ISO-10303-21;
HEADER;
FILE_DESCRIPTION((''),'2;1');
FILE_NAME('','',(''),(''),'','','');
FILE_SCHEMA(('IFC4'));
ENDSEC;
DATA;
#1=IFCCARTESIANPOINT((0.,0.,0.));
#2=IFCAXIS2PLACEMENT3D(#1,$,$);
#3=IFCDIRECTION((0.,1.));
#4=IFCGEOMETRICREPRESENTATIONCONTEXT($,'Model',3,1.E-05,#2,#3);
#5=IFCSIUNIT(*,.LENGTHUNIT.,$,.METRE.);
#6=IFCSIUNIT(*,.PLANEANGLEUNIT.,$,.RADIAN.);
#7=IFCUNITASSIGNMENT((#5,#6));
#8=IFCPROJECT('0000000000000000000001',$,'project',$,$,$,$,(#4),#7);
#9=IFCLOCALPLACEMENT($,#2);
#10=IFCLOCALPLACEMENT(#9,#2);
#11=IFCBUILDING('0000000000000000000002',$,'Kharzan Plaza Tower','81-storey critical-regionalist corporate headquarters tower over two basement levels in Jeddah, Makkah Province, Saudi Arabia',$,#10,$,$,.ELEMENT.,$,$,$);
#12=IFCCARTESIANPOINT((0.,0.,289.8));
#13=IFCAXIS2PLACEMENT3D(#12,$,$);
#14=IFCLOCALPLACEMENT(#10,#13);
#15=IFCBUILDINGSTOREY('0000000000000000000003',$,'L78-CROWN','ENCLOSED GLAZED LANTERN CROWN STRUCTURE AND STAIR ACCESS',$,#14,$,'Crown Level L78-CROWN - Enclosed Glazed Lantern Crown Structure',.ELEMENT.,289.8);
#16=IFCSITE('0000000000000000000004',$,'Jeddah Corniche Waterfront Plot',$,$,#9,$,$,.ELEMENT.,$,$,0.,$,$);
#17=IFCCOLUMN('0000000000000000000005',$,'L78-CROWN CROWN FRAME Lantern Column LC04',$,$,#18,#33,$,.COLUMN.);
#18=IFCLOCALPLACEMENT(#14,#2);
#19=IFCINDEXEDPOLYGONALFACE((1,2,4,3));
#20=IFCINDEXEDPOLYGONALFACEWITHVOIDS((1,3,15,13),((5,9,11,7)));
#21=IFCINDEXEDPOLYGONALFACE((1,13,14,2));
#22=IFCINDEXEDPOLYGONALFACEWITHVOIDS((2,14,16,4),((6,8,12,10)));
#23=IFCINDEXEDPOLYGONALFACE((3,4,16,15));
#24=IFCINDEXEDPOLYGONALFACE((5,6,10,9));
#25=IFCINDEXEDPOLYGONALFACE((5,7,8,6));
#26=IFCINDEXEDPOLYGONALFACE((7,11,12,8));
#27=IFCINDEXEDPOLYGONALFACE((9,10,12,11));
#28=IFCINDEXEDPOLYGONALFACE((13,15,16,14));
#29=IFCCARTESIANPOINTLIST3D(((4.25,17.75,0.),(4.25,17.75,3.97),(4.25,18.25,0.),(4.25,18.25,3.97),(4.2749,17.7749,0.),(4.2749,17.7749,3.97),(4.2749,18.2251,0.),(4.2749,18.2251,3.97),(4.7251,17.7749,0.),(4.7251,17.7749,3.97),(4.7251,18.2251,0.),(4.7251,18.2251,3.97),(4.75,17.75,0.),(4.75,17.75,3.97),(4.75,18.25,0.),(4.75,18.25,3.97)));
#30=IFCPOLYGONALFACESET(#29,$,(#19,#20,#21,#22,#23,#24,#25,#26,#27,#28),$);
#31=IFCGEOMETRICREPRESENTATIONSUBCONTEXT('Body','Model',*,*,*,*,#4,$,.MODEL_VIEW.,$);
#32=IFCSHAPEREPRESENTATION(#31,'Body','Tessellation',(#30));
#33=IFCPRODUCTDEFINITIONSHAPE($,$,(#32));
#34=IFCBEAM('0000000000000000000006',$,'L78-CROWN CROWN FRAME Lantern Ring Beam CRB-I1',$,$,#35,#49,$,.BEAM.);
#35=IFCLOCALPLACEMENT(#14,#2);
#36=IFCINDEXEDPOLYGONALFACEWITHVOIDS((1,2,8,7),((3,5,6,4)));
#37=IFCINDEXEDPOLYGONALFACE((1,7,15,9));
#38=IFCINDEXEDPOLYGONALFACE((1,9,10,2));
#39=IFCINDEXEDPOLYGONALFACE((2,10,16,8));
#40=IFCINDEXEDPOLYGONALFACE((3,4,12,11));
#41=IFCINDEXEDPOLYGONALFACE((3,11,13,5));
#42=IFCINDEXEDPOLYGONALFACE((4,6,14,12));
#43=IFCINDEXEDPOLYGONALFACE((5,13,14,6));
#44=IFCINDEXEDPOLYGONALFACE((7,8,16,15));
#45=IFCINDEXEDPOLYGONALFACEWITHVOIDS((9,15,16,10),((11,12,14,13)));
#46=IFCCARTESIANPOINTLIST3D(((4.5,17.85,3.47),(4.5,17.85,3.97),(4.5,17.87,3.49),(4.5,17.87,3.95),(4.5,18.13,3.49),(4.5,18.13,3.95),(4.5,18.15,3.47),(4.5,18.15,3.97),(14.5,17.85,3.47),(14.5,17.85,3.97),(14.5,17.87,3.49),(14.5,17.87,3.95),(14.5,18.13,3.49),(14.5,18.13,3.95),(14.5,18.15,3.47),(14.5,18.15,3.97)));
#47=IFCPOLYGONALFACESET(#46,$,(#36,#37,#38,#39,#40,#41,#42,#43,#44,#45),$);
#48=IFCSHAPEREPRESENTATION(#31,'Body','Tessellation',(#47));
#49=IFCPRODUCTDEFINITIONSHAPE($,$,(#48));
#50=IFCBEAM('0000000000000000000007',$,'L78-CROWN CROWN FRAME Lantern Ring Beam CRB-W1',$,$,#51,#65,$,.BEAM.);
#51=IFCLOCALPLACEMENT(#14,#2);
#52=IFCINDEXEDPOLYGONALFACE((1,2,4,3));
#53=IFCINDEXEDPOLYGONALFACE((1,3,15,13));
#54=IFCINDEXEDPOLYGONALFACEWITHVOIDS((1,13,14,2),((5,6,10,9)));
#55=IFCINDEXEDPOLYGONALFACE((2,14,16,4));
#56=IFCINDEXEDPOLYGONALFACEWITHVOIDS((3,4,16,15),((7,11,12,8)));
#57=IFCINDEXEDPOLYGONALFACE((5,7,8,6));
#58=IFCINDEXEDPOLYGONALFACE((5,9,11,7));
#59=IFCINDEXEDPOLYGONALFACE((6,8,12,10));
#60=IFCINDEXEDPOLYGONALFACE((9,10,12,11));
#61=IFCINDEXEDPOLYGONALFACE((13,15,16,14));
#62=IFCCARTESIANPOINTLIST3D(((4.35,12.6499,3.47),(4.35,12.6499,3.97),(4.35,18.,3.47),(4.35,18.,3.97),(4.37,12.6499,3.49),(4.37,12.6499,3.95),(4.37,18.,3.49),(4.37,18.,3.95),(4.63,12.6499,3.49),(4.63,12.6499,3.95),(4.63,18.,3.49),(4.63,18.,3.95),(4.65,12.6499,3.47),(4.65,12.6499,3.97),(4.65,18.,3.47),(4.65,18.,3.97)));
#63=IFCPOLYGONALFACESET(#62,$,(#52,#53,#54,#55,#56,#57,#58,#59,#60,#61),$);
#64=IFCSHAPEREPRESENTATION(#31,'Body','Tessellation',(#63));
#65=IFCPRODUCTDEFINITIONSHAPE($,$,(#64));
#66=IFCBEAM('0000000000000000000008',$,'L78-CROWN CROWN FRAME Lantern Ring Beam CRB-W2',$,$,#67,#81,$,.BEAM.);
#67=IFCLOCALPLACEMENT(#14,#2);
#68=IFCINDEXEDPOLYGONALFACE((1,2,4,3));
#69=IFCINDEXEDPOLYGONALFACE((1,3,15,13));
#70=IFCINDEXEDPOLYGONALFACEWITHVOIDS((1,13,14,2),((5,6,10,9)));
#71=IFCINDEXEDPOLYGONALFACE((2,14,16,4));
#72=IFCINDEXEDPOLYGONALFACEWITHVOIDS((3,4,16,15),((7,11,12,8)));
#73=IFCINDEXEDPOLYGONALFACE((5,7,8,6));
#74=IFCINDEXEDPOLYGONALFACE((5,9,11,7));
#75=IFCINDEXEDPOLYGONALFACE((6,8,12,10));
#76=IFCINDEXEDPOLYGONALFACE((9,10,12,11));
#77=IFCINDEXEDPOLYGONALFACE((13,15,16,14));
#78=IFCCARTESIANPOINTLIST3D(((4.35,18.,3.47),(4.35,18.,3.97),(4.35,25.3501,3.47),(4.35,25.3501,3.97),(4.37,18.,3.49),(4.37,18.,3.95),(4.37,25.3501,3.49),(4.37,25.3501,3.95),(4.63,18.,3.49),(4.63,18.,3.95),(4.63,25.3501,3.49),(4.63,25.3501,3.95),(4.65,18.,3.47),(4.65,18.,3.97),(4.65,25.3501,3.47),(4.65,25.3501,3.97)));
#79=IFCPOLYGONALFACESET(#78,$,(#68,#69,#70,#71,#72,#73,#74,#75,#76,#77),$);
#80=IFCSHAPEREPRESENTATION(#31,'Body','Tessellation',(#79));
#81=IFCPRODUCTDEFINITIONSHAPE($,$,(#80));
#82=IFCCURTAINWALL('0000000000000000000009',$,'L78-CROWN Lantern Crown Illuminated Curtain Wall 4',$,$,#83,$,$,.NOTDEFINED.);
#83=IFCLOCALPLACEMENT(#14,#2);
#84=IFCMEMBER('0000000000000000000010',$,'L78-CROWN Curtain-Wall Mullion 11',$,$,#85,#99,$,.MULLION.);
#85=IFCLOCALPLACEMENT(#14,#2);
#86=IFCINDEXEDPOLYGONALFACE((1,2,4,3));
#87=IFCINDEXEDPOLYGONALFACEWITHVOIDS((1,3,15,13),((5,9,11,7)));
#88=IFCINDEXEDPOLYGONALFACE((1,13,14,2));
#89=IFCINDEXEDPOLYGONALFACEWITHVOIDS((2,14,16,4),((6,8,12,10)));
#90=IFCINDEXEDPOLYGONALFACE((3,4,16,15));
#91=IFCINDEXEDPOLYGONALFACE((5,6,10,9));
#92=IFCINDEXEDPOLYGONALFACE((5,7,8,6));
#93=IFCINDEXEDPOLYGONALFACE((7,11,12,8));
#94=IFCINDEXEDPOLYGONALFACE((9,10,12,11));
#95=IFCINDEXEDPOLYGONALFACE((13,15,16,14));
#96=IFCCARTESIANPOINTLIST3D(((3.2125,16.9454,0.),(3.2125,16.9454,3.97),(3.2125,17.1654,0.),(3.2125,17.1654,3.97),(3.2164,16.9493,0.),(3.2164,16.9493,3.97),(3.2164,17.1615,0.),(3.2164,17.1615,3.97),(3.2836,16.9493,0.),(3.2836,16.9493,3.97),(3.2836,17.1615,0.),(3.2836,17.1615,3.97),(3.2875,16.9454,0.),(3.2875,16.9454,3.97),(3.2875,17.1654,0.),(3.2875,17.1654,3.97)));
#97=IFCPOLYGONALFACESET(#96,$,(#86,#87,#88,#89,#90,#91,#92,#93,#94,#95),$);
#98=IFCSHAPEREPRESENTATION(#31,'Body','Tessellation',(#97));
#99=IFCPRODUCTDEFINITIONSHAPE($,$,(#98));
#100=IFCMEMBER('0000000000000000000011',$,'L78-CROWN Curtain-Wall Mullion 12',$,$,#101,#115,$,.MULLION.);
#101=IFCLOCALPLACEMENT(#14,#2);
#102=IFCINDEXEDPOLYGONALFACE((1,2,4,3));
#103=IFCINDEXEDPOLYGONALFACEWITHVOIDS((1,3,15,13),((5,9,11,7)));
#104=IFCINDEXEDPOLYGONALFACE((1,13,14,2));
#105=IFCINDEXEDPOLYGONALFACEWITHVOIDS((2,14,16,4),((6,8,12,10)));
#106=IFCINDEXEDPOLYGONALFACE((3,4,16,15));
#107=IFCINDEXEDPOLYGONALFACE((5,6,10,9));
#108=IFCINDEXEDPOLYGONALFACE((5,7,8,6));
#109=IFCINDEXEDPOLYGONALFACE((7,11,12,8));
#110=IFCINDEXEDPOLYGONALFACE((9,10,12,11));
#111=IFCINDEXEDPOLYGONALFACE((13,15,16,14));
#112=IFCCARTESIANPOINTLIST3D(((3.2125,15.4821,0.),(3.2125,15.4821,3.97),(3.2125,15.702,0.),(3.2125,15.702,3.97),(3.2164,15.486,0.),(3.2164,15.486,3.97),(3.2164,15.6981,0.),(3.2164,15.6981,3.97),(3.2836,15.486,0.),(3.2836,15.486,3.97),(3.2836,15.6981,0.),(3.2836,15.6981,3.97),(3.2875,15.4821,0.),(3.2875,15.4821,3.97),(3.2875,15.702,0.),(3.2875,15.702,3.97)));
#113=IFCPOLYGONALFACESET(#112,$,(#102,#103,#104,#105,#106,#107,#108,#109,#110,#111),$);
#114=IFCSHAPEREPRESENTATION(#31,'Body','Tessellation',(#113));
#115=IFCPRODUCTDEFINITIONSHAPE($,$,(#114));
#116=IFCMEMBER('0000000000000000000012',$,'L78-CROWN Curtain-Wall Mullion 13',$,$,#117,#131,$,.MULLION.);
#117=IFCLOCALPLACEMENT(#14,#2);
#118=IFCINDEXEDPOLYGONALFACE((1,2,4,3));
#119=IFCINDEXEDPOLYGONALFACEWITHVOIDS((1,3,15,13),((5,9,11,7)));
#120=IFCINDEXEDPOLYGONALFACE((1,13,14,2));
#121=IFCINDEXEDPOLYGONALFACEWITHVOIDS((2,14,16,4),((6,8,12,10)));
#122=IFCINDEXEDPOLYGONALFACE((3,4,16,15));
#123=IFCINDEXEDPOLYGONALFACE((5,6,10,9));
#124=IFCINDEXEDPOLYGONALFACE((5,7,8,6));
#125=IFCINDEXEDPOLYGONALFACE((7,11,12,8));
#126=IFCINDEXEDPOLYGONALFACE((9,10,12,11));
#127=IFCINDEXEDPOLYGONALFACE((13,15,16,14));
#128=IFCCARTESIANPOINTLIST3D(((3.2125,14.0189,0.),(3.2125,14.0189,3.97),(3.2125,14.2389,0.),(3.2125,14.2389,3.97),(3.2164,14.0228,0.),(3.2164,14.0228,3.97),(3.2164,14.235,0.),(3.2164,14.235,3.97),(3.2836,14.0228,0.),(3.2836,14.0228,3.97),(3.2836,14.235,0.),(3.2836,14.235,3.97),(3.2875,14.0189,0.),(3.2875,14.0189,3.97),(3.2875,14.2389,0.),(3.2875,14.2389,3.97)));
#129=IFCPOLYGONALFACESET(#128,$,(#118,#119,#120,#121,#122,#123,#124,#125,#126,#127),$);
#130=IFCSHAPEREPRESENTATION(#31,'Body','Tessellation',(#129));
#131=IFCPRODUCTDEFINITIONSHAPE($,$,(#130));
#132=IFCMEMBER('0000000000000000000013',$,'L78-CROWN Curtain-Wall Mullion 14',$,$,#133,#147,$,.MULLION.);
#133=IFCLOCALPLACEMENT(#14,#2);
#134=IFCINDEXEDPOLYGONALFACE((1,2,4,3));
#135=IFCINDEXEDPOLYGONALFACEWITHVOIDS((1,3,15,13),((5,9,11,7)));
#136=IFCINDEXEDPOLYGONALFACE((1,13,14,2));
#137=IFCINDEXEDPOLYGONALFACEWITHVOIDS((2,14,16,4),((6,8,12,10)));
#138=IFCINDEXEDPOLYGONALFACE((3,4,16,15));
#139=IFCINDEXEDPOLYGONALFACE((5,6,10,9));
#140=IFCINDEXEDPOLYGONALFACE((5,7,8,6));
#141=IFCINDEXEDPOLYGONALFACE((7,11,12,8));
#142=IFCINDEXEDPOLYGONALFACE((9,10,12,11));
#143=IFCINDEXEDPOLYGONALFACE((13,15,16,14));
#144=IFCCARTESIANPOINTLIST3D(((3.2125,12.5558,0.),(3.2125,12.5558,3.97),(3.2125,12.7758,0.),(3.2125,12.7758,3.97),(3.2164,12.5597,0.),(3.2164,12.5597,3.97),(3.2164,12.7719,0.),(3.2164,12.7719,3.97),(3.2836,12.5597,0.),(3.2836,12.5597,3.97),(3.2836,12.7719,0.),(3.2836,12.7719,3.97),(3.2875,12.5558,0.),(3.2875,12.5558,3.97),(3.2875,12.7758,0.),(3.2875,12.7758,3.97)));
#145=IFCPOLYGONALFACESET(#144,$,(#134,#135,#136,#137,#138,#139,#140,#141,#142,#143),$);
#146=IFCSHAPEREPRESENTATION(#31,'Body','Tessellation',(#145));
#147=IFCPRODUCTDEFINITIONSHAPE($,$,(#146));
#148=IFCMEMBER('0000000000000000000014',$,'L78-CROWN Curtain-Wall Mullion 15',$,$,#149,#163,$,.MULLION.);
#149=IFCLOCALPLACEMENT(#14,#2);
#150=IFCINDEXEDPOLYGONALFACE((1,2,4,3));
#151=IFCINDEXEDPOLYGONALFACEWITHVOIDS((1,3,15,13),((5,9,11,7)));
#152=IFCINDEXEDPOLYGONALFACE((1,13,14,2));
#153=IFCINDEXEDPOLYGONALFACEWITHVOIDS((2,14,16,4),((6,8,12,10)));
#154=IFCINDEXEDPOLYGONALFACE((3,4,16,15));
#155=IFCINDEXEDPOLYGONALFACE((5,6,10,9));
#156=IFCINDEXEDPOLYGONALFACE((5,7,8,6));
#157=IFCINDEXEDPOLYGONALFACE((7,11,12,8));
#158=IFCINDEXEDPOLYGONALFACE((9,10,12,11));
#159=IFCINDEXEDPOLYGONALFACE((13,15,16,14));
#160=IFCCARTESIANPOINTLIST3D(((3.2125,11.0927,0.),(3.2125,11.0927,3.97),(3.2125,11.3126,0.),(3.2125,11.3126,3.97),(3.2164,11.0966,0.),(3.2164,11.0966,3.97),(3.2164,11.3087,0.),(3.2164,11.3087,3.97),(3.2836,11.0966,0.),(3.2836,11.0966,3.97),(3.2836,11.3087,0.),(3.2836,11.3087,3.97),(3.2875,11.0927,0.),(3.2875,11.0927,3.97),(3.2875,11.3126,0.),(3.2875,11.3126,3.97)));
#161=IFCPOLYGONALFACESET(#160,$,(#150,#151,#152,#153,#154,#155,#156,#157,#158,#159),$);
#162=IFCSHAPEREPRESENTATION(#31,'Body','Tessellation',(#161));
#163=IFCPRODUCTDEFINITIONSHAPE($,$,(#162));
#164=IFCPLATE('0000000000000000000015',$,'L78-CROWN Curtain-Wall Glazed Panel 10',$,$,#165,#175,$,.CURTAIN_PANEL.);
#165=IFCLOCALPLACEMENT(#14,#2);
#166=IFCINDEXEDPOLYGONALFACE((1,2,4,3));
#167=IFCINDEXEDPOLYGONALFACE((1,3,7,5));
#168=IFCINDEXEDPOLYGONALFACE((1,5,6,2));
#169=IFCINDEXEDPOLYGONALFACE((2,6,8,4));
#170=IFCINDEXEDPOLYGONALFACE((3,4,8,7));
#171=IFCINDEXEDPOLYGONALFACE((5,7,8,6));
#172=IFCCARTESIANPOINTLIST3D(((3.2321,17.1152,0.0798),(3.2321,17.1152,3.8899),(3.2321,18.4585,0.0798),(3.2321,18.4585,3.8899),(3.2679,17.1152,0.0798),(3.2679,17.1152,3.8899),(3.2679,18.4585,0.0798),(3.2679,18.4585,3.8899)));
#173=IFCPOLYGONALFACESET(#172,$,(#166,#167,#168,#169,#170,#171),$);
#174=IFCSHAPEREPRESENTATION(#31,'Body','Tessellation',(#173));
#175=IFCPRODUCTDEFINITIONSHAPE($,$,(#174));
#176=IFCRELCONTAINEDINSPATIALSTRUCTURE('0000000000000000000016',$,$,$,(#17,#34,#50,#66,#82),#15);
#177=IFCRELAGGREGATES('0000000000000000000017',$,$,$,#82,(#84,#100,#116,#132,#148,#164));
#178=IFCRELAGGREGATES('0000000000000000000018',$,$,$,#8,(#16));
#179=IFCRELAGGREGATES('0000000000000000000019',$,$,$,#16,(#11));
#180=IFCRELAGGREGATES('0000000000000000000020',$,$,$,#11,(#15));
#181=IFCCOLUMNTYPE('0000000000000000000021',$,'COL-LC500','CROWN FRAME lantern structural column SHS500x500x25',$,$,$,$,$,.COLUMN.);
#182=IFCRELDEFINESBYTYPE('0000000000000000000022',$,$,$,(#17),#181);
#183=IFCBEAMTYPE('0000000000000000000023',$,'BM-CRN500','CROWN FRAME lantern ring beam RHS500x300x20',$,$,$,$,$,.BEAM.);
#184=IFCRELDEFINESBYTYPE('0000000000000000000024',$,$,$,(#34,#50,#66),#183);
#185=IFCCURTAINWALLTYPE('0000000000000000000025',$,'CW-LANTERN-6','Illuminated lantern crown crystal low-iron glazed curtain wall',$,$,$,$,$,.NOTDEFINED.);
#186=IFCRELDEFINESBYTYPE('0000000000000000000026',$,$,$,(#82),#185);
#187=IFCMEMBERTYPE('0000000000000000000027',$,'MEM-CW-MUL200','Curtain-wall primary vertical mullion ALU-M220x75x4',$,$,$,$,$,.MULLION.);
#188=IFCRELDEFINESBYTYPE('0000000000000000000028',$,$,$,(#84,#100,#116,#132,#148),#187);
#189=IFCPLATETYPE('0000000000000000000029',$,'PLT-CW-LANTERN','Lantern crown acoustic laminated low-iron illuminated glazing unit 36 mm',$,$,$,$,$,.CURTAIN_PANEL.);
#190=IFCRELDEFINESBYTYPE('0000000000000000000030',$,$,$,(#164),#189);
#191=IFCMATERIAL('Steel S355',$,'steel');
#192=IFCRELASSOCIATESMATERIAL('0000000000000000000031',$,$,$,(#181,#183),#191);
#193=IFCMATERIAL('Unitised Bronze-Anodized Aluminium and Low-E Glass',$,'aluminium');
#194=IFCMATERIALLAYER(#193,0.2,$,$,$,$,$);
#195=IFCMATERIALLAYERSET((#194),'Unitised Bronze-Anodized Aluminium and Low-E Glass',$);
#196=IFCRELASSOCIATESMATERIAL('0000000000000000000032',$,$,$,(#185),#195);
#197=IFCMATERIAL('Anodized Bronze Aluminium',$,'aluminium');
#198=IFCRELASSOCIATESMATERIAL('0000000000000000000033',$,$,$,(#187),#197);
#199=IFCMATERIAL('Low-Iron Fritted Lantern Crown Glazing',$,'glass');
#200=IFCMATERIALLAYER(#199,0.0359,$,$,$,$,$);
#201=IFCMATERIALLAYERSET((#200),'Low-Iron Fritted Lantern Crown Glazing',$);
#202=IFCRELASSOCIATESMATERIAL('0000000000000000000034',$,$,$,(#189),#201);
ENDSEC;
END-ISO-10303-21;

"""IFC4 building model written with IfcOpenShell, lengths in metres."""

from ifc_helpers import new_model, si_unit, direction, frame, origin, origin_2d, place, context, subcontext, project, spatial, rectangle, hollow_rectangle, extrude, source, transform, mapped, material, layer, layer_set, material_profile, profile_set, type_object, element, aggregate, save


model = new_model("IFC4")

# Units and contexts
model_context = context("Model", 3, precision=1e-05, world=origin(), true_north=direction((0.0, 1.0)))
body_context = subcontext(model_context, "Body", "Model", "MODEL_VIEW")
ifc_project = project(units=[si_unit("LENGTHUNIT", "METRE"), si_unit("PLANEANGLEUNIT", "RADIAN")], contexts=[model_context])

# Site, building, storey
site_placement = place(None, origin())
site = spatial("IfcSite", under=ifc_project, at=site_placement, Name="Jeddah Corniche Waterfront Plot", CompositionType="ELEMENT", RefElevation=0.0)
building_placement = place(site_placement, origin())
building = spatial("IfcBuilding", under=site, at=building_placement, Name="Kharzan Plaza Tower", Description="81-storey critical-regionalist corporate headquarters tower over two basement levels in Jeddah, Makkah Province, Saudi Arabia", CompositionType="ELEMENT")
storey_placement = place(building_placement, frame((0.0, 0.0, 289.8)))
storey = spatial("IfcBuildingStorey", under=building, at=storey_placement, Name="L78-CROWN", Description="ENCLOSED GLAZED LANTERN CROWN STRUCTURE AND STAIR ACCESS", LongName="Crown Level L78-CROWN - Enclosed Glazed Lantern Crown Structure", CompositionType="ELEMENT", Elevation=289.8)

# Column
ifc_material_1 = material(Name="Steel S355", Category="steel")
ifc_material_profile_1 = material_profile(ifc_material_1, hollow_rectangle(XDim=0.5, YDim=0.5, WallThickness=0.0249, at=origin_2d()), Name="SHS500x500x25")
ifc_profile_set_1 = profile_set([ifc_material_profile_1], Name="Steel S355")
column_type = type_object("IfcColumnType", Name="COL-LC500", Description="CROWN FRAME lantern structural column SHS500x500x25", PredefinedType="COLUMN", material=ifc_profile_set_1)
shared_shape_1 = source(origin(), body_context, "Body", "SweptSolid", [
    extrude(hollow_rectangle(XDim=0.5, YDim=0.5, WallThickness=0.0249, at=origin_2d()), origin(), (0.0, 0.0, 1.0), 3.97),
])
column_placement = place(storey_placement, frame((4.5, 18.0, 0.0), z_axis=(0.0, 0.0, 1.0), x_axis=(1.0, 0.0, 0.0)))
element("IfcColumn", 1, at=column_placement, inside=storey, type_object=column_type, Name="L78-CROWN CROWN FRAME Lantern Column LC04", PredefinedType="COLUMN", context=body_context, shape_type="MappedRepresentation", body=[
    mapped(shared_shape_1, transform((0.0, 0.0, 0.0), x_axis=(1.0, 0.0, 0.0), y_axis=(0.0, 1.0, 0.0), z_axis=(0.0, 0.0, 1.0))),
])

# Beams
ifc_material_profile_2 = material_profile(ifc_material_1, hollow_rectangle(XDim=0.3, YDim=0.5, WallThickness=0.02, at=origin_2d()), Name="RHS500x300x20")
ifc_profile_set_2 = profile_set([ifc_material_profile_2], Name="Steel S355")
beam_type = type_object("IfcBeamType", Name="BM-CRN500", Description="CROWN FRAME lantern ring beam RHS500x300x20", PredefinedType="BEAM", material=ifc_profile_set_2)
shared_shape_2 = source(origin(), body_context, "Body", "SweptSolid", [
    extrude(hollow_rectangle(XDim=0.3, YDim=0.5, WallThickness=0.02, at=origin_2d()), origin(), (0.0, 0.0, 1.0), 10.0),
])
beam_1_placement = place(storey_placement, frame((4.5, 18.0, 3.72), z_axis=(1.0, 0.0, 0.0), x_axis=(0.0, 1.0, 0.0)))
element("IfcBeam", 2, at=beam_1_placement, inside=storey, type_object=beam_type, Name="L78-CROWN CROWN FRAME Lantern Ring Beam CRB-I1", PredefinedType="BEAM", context=body_context, shape_type="MappedRepresentation", body=[
    mapped(shared_shape_2, transform((0.0, 0.0, 0.0), x_axis=(1.0, 0.0, 0.0), y_axis=(0.0, 1.0, 0.0), z_axis=(0.0, 0.0, 1.0))),
])
shared_shape_3 = source(origin(), body_context, "Body", "SweptSolid", [
    extrude(hollow_rectangle(XDim=0.3, YDim=0.5, WallThickness=0.02, at=origin_2d()), origin(), (0.0, 0.0, 1.0), 5.3501),
])
beam_2_placement = place(storey_placement, frame((4.5, 12.6499, 3.72), z_axis=(0.0, 1.0, 0.0), x_axis=(-1.0, 0.0, 0.0)))
element("IfcBeam", 3, at=beam_2_placement, inside=storey, type_object=beam_type, Name="L78-CROWN CROWN FRAME Lantern Ring Beam CRB-W1", PredefinedType="BEAM", context=body_context, shape_type="MappedRepresentation", body=[
    mapped(shared_shape_3, transform((0.0, 0.0, 0.0), x_axis=(1.0, 0.0, 0.0), y_axis=(0.0, 1.0, 0.0), z_axis=(0.0, 0.0, 1.0))),
])
shared_shape_4 = source(origin(), body_context, "Body", "SweptSolid", [
    extrude(hollow_rectangle(XDim=0.3, YDim=0.5, WallThickness=0.02, at=origin_2d()), origin(), (0.0, 0.0, 1.0), 7.3501),
])
beam_3_placement = place(storey_placement, frame((4.5, 18.0, 3.72), z_axis=(0.0, 1.0, 0.0), x_axis=(-1.0, 0.0, 0.0)))
element("IfcBeam", 4, at=beam_3_placement, inside=storey, type_object=beam_type, Name="L78-CROWN CROWN FRAME Lantern Ring Beam CRB-W2", PredefinedType="BEAM", context=body_context, shape_type="MappedRepresentation", body=[
    mapped(shared_shape_4, transform((0.0, 0.0, 0.0), x_axis=(1.0, 0.0, 0.0), y_axis=(0.0, 1.0, 0.0), z_axis=(0.0, 0.0, 1.0))),
])

# Curtain wall, members, plate
ifc_material_2 = material(Name="Unitised Bronze-Anodized Aluminium and Low-E Glass", Category="aluminium")
ifc_layer_1 = layer(ifc_material_2, 0.2)
ifc_layer_set_1 = layer_set([ifc_layer_1], Name="Unitised Bronze-Anodized Aluminium and Low-E Glass")
curtain_wall_type = type_object("IfcCurtainWallType", Name="CW-LANTERN-6", Description="Illuminated lantern crown crystal low-iron glazed curtain wall", PredefinedType="NOTDEFINED", material=ifc_layer_set_1)
curtain_wall_placement = place(storey_placement, origin())
curtain_wall = element("IfcCurtainWall", 5, at=curtain_wall_placement, inside=storey, type_object=curtain_wall_type, Name="L78-CROWN Lantern Crown Illuminated Curtain Wall 4", PredefinedType="NOTDEFINED")
ifc_material_3 = material(Name="Anodized Bronze Aluminium", Category="aluminium")
ifc_material_profile_3 = material_profile(ifc_material_3, hollow_rectangle(XDim=0.075, YDim=0.22, WallThickness=0.0039, at=origin_2d()), Name="ALU-M220x75x4")
ifc_profile_set_3 = profile_set([ifc_material_profile_3], Name="Anodized Bronze Aluminium")
member_type = type_object("IfcMemberType", Name="MEM-CW-MUL200", Description="Curtain-wall primary vertical mullion ALU-M220x75x4", PredefinedType="MULLION", material=ifc_profile_set_3)
shared_shape_5 = source(origin(), body_context, "Body", "SweptSolid", [
    extrude(hollow_rectangle(XDim=0.075, YDim=0.22, WallThickness=0.0039, at=origin_2d()), origin(), (0.0, 0.0, 1.0), 3.97),
])
member_1_placement = place(storey_placement, frame((3.25, 17.0554, 0.0), z_axis=(0.0, 0.0, 1.0), x_axis=(1.0, 0.0, 0.0)))
member_1 = element("IfcMember", 6, at=member_1_placement, type_object=member_type, Name="L78-CROWN Curtain-Wall Mullion 11", PredefinedType="MULLION", context=body_context, shape_type="MappedRepresentation", body=[
    mapped(shared_shape_5, transform((0.0, 0.0, 0.0), x_axis=(1.0, 0.0, 0.0), y_axis=(0.0, 1.0, 0.0), z_axis=(0.0, 0.0, 1.0))),
])
member_2_placement = place(storey_placement, frame((3.25, 15.592, 0.0), z_axis=(0.0, 0.0, 1.0), x_axis=(1.0, 0.0, 0.0)))
member_2 = element("IfcMember", 7, at=member_2_placement, type_object=member_type, Name="L78-CROWN Curtain-Wall Mullion 12", PredefinedType="MULLION", context=body_context, shape_type="MappedRepresentation", body=[
    mapped(shared_shape_5, transform((0.0, 0.0, 0.0), x_axis=(1.0, 0.0, 0.0), y_axis=(0.0, 1.0, 0.0), z_axis=(0.0, 0.0, 1.0))),
])
member_3_placement = place(storey_placement, frame((3.25, 14.1289, 0.0), z_axis=(0.0, 0.0, 1.0), x_axis=(1.0, 0.0, 0.0)))
member_3 = element("IfcMember", 8, at=member_3_placement, type_object=member_type, Name="L78-CROWN Curtain-Wall Mullion 13", PredefinedType="MULLION", context=body_context, shape_type="MappedRepresentation", body=[
    mapped(shared_shape_5, transform((0.0, 0.0, 0.0), x_axis=(1.0, 0.0, 0.0), y_axis=(0.0, 1.0, 0.0), z_axis=(0.0, 0.0, 1.0))),
])
member_4_placement = place(storey_placement, frame((3.25, 12.6658, 0.0), z_axis=(0.0, 0.0, 1.0), x_axis=(1.0, 0.0, 0.0)))
member_4 = element("IfcMember", 9, at=member_4_placement, type_object=member_type, Name="L78-CROWN Curtain-Wall Mullion 14", PredefinedType="MULLION", context=body_context, shape_type="MappedRepresentation", body=[
    mapped(shared_shape_5, transform((0.0, 0.0, 0.0), x_axis=(1.0, 0.0, 0.0), y_axis=(0.0, 1.0, 0.0), z_axis=(0.0, 0.0, 1.0))),
])
member_5_placement = place(storey_placement, frame((3.25, 11.2026, 0.0), z_axis=(0.0, 0.0, 1.0), x_axis=(1.0, 0.0, 0.0)))
member_5 = element("IfcMember", 10, at=member_5_placement, type_object=member_type, Name="L78-CROWN Curtain-Wall Mullion 15", PredefinedType="MULLION", context=body_context, shape_type="MappedRepresentation", body=[
    mapped(shared_shape_5, transform((0.0, 0.0, 0.0), x_axis=(1.0, 0.0, 0.0), y_axis=(0.0, 1.0, 0.0), z_axis=(0.0, 0.0, 1.0))),
])
ifc_material_4 = material(Name="Low-Iron Fritted Lantern Crown Glazing", Category="glass")
ifc_layer_2 = layer(ifc_material_4, 0.0359)
ifc_layer_set_2 = layer_set([ifc_layer_2], Name="Low-Iron Fritted Lantern Crown Glazing")
plate_type = type_object("IfcPlateType", Name="PLT-CW-LANTERN", Description="Lantern crown acoustic laminated low-iron illuminated glazing unit 36 mm", PredefinedType="CURTAIN_PANEL", material=ifc_layer_set_2)
shared_shape_6 = source(origin(), body_context, "Body", "SweptSolid", [
    extrude(rectangle(XDim=1.3433, YDim=0.0359, at=origin_2d()), origin(), (0.0, 0.0, 1.0), 3.8101),
])
plate_1_placement = place(storey_placement, frame((3.25, 17.7869, 0.0798), z_axis=(0.0, 0.0, 1.0), x_axis=(0.0, -1.0, 0.0)))
plate_1 = element("IfcPlate", 11, at=plate_1_placement, type_object=plate_type, Name="L78-CROWN Curtain-Wall Glazed Panel 10", PredefinedType="CURTAIN_PANEL", context=body_context, shape_type="MappedRepresentation", body=[
    mapped(shared_shape_6, transform((0.0, 0.0, 0.0), x_axis=(1.0, 0.0, 0.0), y_axis=(0.0, 1.0, 0.0), z_axis=(0.0, 0.0, 1.0))),
])
aggregate(curtain_wall, [member_1, member_2, member_3, member_4, member_5, plate_1])

save(model, "model.ifc")
